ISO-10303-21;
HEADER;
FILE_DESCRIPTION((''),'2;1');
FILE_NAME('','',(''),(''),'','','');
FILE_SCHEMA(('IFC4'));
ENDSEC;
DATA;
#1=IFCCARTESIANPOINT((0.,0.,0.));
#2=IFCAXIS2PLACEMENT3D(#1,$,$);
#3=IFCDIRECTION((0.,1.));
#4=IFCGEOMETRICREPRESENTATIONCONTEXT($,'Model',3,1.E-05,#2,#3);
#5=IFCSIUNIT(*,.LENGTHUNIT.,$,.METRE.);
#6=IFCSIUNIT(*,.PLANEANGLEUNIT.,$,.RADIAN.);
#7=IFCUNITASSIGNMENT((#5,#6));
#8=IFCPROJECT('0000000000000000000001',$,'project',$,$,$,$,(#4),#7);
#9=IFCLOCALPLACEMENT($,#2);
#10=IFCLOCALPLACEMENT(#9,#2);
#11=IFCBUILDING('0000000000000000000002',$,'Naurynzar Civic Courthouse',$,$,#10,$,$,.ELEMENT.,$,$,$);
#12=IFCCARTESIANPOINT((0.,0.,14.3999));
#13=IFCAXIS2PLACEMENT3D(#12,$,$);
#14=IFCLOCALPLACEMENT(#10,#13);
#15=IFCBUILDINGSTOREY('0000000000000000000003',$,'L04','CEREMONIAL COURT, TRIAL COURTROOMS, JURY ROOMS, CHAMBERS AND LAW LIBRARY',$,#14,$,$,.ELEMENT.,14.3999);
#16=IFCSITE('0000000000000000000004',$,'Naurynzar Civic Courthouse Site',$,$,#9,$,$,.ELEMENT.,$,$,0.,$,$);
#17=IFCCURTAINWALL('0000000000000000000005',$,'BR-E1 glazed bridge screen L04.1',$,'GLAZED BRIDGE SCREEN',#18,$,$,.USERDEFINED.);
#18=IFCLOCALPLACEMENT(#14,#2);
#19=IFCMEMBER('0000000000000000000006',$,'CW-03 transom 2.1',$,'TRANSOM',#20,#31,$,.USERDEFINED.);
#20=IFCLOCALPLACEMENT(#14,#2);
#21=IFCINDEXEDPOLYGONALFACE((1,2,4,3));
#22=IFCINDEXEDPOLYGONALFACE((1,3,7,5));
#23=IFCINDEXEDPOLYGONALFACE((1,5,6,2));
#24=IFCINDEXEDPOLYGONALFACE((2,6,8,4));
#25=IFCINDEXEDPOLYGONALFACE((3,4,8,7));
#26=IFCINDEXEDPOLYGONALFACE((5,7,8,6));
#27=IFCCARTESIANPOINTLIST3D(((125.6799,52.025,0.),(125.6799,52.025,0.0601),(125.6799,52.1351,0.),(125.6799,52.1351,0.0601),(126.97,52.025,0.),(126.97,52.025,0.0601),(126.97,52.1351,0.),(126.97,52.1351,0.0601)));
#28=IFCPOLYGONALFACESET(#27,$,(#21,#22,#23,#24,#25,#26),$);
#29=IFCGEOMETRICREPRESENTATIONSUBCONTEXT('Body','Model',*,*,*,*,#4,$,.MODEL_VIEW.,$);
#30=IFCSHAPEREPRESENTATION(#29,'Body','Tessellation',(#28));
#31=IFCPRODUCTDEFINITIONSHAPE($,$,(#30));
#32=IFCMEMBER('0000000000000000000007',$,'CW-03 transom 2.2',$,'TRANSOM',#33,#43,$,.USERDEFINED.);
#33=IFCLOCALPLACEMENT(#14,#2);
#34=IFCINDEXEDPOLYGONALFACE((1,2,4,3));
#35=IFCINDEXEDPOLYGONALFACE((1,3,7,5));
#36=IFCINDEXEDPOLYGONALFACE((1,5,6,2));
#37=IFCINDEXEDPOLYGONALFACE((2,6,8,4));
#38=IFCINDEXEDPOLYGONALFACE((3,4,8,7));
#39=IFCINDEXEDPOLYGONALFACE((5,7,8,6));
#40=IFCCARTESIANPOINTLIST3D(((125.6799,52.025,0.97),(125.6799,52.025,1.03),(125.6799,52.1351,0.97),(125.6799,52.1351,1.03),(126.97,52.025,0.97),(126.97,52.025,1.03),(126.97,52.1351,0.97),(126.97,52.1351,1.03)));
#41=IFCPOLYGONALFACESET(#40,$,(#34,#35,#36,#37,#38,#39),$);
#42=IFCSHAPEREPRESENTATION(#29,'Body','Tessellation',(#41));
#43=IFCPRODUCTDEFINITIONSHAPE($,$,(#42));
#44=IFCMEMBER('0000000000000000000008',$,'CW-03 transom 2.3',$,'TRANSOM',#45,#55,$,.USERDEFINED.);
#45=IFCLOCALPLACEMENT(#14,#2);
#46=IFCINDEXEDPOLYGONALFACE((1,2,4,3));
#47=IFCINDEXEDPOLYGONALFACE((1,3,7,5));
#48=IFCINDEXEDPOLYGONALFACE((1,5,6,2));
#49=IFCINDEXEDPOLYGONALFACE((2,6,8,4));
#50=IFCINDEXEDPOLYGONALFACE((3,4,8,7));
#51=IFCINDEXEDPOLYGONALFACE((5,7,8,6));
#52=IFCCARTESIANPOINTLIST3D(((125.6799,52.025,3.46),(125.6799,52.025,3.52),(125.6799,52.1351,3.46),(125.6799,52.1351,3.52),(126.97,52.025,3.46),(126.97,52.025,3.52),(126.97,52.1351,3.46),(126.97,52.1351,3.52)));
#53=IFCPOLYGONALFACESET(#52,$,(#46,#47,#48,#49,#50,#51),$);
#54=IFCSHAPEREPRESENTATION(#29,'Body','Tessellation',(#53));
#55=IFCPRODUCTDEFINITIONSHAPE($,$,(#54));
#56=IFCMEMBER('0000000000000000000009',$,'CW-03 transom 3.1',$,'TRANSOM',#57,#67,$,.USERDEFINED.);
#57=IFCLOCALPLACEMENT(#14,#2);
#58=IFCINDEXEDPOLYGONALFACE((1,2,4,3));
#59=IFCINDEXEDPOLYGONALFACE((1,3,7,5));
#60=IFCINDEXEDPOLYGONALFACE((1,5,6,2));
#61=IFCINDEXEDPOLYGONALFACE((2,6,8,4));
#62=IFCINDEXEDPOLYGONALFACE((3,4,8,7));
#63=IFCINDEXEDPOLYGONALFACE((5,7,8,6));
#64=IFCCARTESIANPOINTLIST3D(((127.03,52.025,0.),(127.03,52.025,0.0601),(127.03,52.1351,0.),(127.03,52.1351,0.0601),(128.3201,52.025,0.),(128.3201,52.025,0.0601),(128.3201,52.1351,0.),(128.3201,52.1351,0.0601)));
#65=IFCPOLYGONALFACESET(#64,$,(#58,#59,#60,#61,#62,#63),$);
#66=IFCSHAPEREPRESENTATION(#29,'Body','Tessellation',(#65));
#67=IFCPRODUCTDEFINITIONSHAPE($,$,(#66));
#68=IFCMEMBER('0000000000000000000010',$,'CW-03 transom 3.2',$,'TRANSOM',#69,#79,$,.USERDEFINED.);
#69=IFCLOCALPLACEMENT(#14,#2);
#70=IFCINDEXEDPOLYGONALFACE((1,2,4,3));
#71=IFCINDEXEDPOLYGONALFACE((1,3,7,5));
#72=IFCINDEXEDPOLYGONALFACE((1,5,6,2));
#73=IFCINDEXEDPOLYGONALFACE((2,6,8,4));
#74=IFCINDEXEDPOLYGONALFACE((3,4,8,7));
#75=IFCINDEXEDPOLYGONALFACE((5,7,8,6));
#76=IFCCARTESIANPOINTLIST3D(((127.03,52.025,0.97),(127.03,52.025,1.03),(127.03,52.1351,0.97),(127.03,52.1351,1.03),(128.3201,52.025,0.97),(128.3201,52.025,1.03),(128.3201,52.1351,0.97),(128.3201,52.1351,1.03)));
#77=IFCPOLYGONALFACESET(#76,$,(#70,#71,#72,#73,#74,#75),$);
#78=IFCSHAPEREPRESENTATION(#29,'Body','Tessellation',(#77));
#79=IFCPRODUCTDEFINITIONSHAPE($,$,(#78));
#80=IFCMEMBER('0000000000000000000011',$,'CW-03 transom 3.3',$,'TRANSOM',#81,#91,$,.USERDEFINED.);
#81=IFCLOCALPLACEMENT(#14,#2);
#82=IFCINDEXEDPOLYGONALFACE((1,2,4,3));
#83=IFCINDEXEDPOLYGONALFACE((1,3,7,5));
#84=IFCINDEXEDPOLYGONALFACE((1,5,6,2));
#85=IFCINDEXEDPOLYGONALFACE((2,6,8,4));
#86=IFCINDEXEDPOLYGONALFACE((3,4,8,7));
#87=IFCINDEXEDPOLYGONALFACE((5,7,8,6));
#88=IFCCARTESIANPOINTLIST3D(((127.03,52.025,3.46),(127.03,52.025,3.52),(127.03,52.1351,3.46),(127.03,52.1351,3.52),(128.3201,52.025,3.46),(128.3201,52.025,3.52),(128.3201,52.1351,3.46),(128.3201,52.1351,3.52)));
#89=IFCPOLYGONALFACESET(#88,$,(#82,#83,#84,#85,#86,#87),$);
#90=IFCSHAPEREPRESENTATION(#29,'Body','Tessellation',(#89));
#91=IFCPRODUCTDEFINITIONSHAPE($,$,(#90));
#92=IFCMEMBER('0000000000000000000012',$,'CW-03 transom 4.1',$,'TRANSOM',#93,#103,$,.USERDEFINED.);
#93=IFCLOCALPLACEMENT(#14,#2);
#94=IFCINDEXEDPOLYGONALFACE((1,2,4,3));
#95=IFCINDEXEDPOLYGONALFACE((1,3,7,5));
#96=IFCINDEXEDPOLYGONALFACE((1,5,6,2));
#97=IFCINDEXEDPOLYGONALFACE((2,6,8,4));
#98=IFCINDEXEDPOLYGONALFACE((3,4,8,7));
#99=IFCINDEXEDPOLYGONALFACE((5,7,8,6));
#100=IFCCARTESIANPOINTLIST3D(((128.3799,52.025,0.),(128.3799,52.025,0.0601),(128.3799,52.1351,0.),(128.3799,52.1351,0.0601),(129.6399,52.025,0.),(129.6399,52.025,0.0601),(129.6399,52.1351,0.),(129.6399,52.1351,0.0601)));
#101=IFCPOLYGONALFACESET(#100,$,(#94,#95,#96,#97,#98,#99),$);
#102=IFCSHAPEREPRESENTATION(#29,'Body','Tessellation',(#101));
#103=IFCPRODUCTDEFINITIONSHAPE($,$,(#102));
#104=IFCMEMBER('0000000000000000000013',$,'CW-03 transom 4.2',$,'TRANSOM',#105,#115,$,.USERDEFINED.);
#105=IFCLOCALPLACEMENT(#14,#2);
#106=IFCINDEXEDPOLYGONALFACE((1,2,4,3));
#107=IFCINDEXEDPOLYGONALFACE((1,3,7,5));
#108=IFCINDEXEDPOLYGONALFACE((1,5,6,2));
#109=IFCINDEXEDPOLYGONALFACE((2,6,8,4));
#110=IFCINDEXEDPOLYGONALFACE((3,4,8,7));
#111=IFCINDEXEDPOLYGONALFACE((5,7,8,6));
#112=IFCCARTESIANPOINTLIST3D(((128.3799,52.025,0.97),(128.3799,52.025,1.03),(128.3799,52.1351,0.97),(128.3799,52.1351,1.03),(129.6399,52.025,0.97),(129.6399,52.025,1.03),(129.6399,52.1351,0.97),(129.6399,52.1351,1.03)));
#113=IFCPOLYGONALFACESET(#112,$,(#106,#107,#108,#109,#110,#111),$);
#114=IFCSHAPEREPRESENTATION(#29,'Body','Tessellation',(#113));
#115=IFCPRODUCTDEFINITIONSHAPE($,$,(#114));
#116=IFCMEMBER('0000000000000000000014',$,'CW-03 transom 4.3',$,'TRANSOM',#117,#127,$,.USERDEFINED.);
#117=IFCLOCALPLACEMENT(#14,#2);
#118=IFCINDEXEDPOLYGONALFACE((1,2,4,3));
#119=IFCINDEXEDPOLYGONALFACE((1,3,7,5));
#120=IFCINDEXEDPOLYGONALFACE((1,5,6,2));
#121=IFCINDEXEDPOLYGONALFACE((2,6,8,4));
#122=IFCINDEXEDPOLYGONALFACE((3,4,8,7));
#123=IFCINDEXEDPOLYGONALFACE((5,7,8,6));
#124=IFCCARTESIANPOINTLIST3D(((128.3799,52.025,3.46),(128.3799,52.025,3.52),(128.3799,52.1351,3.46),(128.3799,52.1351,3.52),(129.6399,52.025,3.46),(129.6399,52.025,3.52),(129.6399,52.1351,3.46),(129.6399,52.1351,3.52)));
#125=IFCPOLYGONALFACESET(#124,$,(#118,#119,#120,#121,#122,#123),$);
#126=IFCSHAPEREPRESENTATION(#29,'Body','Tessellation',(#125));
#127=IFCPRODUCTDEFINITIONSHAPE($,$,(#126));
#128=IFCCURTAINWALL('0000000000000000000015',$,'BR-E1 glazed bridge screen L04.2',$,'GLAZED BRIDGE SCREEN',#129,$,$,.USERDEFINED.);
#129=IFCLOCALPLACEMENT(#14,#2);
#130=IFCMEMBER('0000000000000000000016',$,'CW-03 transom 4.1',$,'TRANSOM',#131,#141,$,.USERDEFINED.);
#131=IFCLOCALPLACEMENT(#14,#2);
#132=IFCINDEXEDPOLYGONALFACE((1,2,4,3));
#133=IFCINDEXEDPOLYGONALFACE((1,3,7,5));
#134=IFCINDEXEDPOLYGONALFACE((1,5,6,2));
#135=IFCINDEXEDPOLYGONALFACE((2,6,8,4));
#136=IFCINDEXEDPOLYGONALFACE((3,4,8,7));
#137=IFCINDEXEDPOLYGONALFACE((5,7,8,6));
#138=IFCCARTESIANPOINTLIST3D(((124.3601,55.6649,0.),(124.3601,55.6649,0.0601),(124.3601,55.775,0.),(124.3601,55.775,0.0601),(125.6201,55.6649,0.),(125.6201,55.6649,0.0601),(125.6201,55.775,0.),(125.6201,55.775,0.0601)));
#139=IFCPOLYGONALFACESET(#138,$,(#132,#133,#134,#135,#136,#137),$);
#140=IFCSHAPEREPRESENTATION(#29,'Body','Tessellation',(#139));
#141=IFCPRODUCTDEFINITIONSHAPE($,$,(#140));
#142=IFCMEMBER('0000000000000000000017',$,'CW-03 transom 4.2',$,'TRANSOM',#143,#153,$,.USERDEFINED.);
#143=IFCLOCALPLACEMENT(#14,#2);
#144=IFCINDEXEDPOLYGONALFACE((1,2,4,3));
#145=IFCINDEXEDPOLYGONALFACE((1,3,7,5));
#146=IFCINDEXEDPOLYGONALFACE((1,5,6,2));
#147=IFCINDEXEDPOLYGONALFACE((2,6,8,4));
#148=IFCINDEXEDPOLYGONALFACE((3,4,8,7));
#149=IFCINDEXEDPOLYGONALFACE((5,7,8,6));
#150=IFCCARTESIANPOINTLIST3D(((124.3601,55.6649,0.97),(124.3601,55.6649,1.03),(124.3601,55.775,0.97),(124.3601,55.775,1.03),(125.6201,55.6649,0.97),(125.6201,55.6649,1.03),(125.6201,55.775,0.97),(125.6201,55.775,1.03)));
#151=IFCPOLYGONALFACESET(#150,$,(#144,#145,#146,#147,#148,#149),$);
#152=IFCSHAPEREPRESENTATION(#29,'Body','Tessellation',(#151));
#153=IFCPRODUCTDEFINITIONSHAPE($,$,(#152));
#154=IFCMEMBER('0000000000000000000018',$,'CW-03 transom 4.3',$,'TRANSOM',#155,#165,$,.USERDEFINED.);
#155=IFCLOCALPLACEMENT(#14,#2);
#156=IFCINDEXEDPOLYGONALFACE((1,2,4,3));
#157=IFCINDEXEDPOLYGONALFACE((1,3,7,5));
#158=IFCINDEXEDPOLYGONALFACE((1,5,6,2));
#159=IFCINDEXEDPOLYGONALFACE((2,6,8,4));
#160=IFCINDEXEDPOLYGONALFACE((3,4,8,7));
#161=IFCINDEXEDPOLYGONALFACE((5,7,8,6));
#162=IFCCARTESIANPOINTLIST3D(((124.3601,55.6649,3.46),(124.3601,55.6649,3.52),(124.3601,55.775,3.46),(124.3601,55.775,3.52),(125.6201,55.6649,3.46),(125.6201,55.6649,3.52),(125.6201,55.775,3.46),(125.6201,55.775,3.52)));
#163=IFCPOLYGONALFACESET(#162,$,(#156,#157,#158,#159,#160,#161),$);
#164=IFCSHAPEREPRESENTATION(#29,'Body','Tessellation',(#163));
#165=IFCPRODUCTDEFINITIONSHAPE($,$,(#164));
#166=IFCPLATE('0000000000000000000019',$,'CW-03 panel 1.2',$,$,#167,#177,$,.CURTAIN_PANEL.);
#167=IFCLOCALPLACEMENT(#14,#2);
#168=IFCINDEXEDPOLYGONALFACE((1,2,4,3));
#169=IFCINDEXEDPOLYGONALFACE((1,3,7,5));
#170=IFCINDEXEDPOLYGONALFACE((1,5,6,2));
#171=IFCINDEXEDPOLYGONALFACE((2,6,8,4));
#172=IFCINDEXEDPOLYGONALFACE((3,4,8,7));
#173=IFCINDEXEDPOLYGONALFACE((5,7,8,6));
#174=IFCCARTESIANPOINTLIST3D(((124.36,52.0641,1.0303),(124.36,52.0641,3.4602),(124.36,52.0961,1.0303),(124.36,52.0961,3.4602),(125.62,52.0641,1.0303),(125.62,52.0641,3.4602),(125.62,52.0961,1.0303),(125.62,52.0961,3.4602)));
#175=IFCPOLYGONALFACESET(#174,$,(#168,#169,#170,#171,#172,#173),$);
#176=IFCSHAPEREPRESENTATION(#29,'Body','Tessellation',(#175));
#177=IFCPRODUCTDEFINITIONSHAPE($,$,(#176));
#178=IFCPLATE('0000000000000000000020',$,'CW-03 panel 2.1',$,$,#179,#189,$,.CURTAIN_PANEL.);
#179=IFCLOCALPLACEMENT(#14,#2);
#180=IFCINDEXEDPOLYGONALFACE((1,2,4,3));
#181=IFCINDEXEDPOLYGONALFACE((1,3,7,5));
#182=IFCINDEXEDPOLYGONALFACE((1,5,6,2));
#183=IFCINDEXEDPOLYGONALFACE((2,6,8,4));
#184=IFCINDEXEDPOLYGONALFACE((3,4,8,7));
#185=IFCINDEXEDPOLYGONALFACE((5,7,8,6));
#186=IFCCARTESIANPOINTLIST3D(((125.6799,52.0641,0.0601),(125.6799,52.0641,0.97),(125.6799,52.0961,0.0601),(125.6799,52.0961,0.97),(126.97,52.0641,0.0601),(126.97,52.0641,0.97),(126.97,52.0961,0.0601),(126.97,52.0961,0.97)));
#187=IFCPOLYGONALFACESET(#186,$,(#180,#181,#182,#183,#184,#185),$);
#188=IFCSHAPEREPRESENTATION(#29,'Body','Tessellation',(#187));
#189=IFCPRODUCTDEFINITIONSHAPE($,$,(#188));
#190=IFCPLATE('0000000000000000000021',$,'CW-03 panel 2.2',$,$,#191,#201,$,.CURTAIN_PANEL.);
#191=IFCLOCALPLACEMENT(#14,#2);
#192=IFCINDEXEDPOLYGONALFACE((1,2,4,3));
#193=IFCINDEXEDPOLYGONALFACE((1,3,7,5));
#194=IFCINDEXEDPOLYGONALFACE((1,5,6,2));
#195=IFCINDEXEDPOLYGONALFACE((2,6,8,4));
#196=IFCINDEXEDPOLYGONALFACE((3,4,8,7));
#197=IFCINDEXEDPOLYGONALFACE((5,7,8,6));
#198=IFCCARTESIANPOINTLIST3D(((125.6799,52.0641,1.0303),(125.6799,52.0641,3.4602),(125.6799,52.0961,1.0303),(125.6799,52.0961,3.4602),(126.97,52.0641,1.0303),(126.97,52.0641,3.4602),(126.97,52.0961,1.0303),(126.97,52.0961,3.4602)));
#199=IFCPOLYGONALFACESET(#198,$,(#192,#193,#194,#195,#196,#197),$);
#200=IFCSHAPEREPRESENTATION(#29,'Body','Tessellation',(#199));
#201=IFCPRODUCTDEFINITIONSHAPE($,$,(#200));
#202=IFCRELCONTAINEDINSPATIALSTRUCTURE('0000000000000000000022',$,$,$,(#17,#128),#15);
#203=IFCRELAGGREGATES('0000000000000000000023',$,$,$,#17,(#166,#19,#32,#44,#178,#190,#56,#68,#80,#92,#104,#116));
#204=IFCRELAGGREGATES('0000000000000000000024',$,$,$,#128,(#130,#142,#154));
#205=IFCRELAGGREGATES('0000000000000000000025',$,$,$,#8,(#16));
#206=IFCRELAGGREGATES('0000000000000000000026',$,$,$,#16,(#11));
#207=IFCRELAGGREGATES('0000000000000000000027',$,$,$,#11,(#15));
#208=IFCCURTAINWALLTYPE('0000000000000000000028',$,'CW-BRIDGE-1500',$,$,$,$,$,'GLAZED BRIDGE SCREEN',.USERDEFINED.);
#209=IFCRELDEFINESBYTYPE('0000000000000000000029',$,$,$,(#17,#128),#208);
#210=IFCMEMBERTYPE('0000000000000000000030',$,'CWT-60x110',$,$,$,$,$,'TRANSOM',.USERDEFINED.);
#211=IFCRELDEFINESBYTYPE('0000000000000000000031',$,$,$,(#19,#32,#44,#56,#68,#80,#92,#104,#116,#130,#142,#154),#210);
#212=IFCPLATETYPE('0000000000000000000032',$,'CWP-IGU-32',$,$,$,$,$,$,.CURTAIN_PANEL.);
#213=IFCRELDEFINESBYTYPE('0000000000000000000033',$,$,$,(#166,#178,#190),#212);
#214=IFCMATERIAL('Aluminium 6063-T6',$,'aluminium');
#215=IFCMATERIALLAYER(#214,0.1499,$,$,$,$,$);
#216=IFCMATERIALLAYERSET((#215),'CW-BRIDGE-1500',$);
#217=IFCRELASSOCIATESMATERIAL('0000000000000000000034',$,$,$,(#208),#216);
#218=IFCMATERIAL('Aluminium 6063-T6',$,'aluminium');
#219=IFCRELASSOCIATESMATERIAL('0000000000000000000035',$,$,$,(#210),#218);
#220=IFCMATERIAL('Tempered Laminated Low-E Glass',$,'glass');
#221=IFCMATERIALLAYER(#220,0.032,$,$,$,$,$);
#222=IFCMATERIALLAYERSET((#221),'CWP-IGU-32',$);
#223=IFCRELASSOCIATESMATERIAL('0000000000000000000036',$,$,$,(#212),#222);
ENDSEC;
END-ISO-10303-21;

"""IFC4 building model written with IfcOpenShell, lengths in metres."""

from ifc_helpers import new_model, si_unit, direction, frame, origin, origin_2d, place, context, subcontext, project, spatial, rectangle, extrude, material, layer, layer_set, material_profile, profile_set, type_object, element, aggregate, save


model = new_model("IFC4")

# Units and contexts
model_context = context("Model", 3, precision=1e-05, world=origin(), true_north=direction((0.0, 1.0)))
body_context = subcontext(model_context, "Body", "Model", "MODEL_VIEW")
ifc_project = project(units=[si_unit("LENGTHUNIT", "METRE"), si_unit("PLANEANGLEUNIT", "RADIAN")], contexts=[model_context])

# Site, building, storey
site_placement = place(None, origin())
site = spatial("IfcSite", under=ifc_project, at=site_placement, Name="Naurynzar Civic Courthouse Site", CompositionType="ELEMENT", RefElevation=0.0)
building_placement = place(site_placement, origin())
building = spatial("IfcBuilding", under=site, at=building_placement, Name="Naurynzar Civic Courthouse", CompositionType="ELEMENT")
storey_placement = place(building_placement, frame((0.0, 0.0, 14.3999)))
storey = spatial("IfcBuildingStorey", under=building, at=storey_placement, Name="L04", Description="CEREMONIAL COURT, TRIAL COURTROOMS, JURY ROOMS, CHAMBERS AND LAW LIBRARY", CompositionType="ELEMENT", Elevation=14.3999)

# Curtain walls, members
ifc_material_1 = material(Name="Aluminium 6063-T6", Category="aluminium")
ifc_layer_1 = layer(ifc_material_1, 0.1499)
ifc_layer_set_1 = layer_set([ifc_layer_1], Name="CW-BRIDGE-1500")
curtain_wall_type = type_object("IfcCurtainWallType", Name="CW-BRIDGE-1500", ElementType="GLAZED BRIDGE SCREEN", PredefinedType="USERDEFINED", material=ifc_layer_set_1)
curtain_wall_1_placement = place(storey_placement, origin())
curtain_wall_1 = element("IfcCurtainWall", 1, at=curtain_wall_1_placement, inside=storey, type_object=curtain_wall_type, Name="BR-E1 glazed bridge screen L04.1", ObjectType="GLAZED BRIDGE SCREEN", PredefinedType="USERDEFINED")
ifc_material_2 = material(Name="Aluminium 6063-T6", Category="aluminium")
ifc_material_profile_1 = material_profile(ifc_material_2, rectangle(XDim=0.1101, YDim=0.0601, at=origin_2d()), Name="ALU TRANSOM 60x110")
ifc_profile_set_1 = profile_set([ifc_material_profile_1], Name="Aluminium 6063-T6")
member_type_1 = type_object("IfcMemberType", Name="CWT-60x110", ElementType="TRANSOM", PredefinedType="USERDEFINED", material=ifc_profile_set_1)
member_1_placement = place(storey_placement, frame((125.6799, 52.0801, 0.03), z_axis=(1.0, 0.0, 0.0), x_axis=(0.0, 1.0, 0.0)))
member_1 = element("IfcMember", 2, at=member_1_placement, type_object=member_type_1, Name="CW-03 transom 2.1", ObjectType="TRANSOM", PredefinedType="USERDEFINED", context=body_context, shape_type="SweptSolid", body=[
    extrude(rectangle(XDim=0.1101, YDim=0.0601, at=origin_2d()), origin(), (0.0, 0.0, 1.0), 1.29),
])
member_2_placement = place(storey_placement, frame((125.6799, 52.0801, 1.0), z_axis=(1.0, 0.0, 0.0), x_axis=(0.0, 1.0, 0.0)))
member_2 = element("IfcMember", 3, at=member_2_placement, type_object=member_type_1, Name="CW-03 transom 2.2", ObjectType="TRANSOM", PredefinedType="USERDEFINED", context=body_context, shape_type="SweptSolid", body=[
    extrude(rectangle(XDim=0.1101, YDim=0.0601, at=origin_2d()), origin(), (0.0, 0.0, 1.0), 1.29),
])
member_3_placement = place(storey_placement, frame((125.6799, 52.0801, 3.49), z_axis=(1.0, 0.0, 0.0), x_axis=(0.0, 1.0, 0.0)))
member_3 = element("IfcMember", 4, at=member_3_placement, type_object=member_type_1, Name="CW-03 transom 2.3", ObjectType="TRANSOM", PredefinedType="USERDEFINED", context=body_context, shape_type="SweptSolid", body=[
    extrude(rectangle(XDim=0.1101, YDim=0.0601, at=origin_2d()), origin(), (0.0, 0.0, 1.0), 1.29),
])
member_4_placement = place(storey_placement, frame((127.03, 52.0801, 0.03), z_axis=(1.0, 0.0, 0.0), x_axis=(0.0, 1.0, 0.0)))
member_4 = element("IfcMember", 5, at=member_4_placement, type_object=member_type_1, Name="CW-03 transom 3.1", ObjectType="TRANSOM", PredefinedType="USERDEFINED", context=body_context, shape_type="SweptSolid", body=[
    extrude(rectangle(XDim=0.1101, YDim=0.0601, at=origin_2d()), origin(), (0.0, 0.0, 1.0), 1.29),
])
member_5_placement = place(storey_placement, frame((127.03, 52.0801, 1.0), z_axis=(1.0, 0.0, 0.0), x_axis=(0.0, 1.0, 0.0)))
member_5 = element("IfcMember", 6, at=member_5_placement, type_object=member_type_1, Name="CW-03 transom 3.2", ObjectType="TRANSOM", PredefinedType="USERDEFINED", context=body_context, shape_type="SweptSolid", body=[
    extrude(rectangle(XDim=0.1101, YDim=0.0601, at=origin_2d()), origin(), (0.0, 0.0, 1.0), 1.29),
])
member_6_placement = place(storey_placement, frame((127.03, 52.0801, 3.49), z_axis=(1.0, 0.0, 0.0), x_axis=(0.0, 1.0, 0.0)))
member_6 = element("IfcMember", 7, at=member_6_placement, type_object=member_type_1, Name="CW-03 transom 3.3", ObjectType="TRANSOM", PredefinedType="USERDEFINED", context=body_context, shape_type="SweptSolid", body=[
    extrude(rectangle(XDim=0.1101, YDim=0.0601, at=origin_2d()), origin(), (0.0, 0.0, 1.0), 1.29),
])
member_7_placement = place(storey_placement, frame((128.3799, 52.0801, 0.03), z_axis=(1.0, 0.0, 0.0), x_axis=(0.0, 1.0, 0.0)))
member_7 = element("IfcMember", 8, at=member_7_placement, type_object=member_type_1, Name="CW-03 transom 4.1", ObjectType="TRANSOM", PredefinedType="USERDEFINED", context=body_context, shape_type="SweptSolid", body=[
    extrude(rectangle(XDim=0.1101, YDim=0.0601, at=origin_2d()), origin(), (0.0, 0.0, 1.0), 1.26),
])
member_8_placement = place(storey_placement, frame((128.3799, 52.0801, 1.0), z_axis=(1.0, 0.0, 0.0), x_axis=(0.0, 1.0, 0.0)))
member_8 = element("IfcMember", 9, at=member_8_placement, type_object=member_type_1, Name="CW-03 transom 4.2", ObjectType="TRANSOM", PredefinedType="USERDEFINED", context=body_context, shape_type="SweptSolid", body=[
    extrude(rectangle(XDim=0.1101, YDim=0.0601, at=origin_2d()), origin(), (0.0, 0.0, 1.0), 1.26),
])
member_9_placement = place(storey_placement, frame((128.3799, 52.0801, 3.49), z_axis=(1.0, 0.0, 0.0), x_axis=(0.0, 1.0, 0.0)))
member_9 = element("IfcMember", 10, at=member_9_placement, type_object=member_type_1, Name="CW-03 transom 4.3", ObjectType="TRANSOM", PredefinedType="USERDEFINED", context=body_context, shape_type="SweptSolid", body=[
    extrude(rectangle(XDim=0.1101, YDim=0.0601, at=origin_2d()), origin(), (0.0, 0.0, 1.0), 1.26),
])
curtain_wall_2_placement = place(storey_placement, origin())
curtain_wall_2 = element("IfcCurtainWall", 11, at=curtain_wall_2_placement, inside=storey, type_object=curtain_wall_type, Name="BR-E1 glazed bridge screen L04.2", ObjectType="GLAZED BRIDGE SCREEN", PredefinedType="USERDEFINED")
member_10_placement = place(storey_placement, frame((125.6201, 55.72, 0.03), z_axis=(-1.0, 0.0, 0.0), x_axis=(0.0, -1.0, 0.0)))
member_10 = element("IfcMember", 12, at=member_10_placement, type_object=member_type_1, Name="CW-03 transom 4.1", ObjectType="TRANSOM", PredefinedType="USERDEFINED", context=body_context, shape_type="SweptSolid", body=[
    extrude(rectangle(XDim=0.1101, YDim=0.0601, at=origin_2d()), origin(), (0.0, 0.0, 1.0), 1.26),
])
member_11_placement = place(storey_placement, frame((125.6201, 55.72, 1.0), z_axis=(-1.0, 0.0, 0.0), x_axis=(0.0, -1.0, 0.0)))
member_11 = element("IfcMember", 13, at=member_11_placement, type_object=member_type_1, Name="CW-03 transom 4.2", ObjectType="TRANSOM", PredefinedType="USERDEFINED", context=body_context, shape_type="SweptSolid", body=[
    extrude(rectangle(XDim=0.1101, YDim=0.0601, at=origin_2d()), origin(), (0.0, 0.0, 1.0), 1.26),
])
member_12_placement = place(storey_placement, frame((125.6201, 55.72, 3.49), z_axis=(-1.0, 0.0, 0.0), x_axis=(0.0, -1.0, 0.0)))
member_12 = element("IfcMember", 14, at=member_12_placement, type_object=member_type_1, Name="CW-03 transom 4.3", ObjectType="TRANSOM", PredefinedType="USERDEFINED", context=body_context, shape_type="SweptSolid", body=[
    extrude(rectangle(XDim=0.1101, YDim=0.0601, at=origin_2d()), origin(), (0.0, 0.0, 1.0), 1.26),
])

# Plates
ifc_material_3 = material(Name="Tempered Laminated Low-E Glass", Category="glass")
ifc_layer_2 = layer(ifc_material_3, 0.032)
ifc_layer_set_2 = layer_set([ifc_layer_2], Name="CWP-IGU-32")
plate_type_1 = type_object("IfcPlateType", Name="CWP-IGU-32", PredefinedType="CURTAIN_PANEL", material=ifc_layer_set_2)
plate_1_placement = place(storey_placement, frame((124.99, 52.0801, 1.0303), z_axis=(0.0, 0.0, 1.0), x_axis=(1.0, 0.0, 0.0)))
plate_1 = element("IfcPlate", 15, at=plate_1_placement, type_object=plate_type_1, Name="CW-03 panel 1.2", PredefinedType="CURTAIN_PANEL", context=body_context, shape_type="SweptSolid", body=[
    extrude(rectangle(XDim=1.26, YDim=0.032, at=origin_2d()), origin(), (0.0, 0.0, 1.0), 2.4299),
])
plate_2_placement = place(storey_placement, frame((126.325, 52.0801, 0.0601), z_axis=(0.0, 0.0, 1.0), x_axis=(1.0, 0.0, 0.0)))
plate_2 = element("IfcPlate", 16, at=plate_2_placement, type_object=plate_type_1, Name="CW-03 panel 2.1", PredefinedType="CURTAIN_PANEL", context=body_context, shape_type="SweptSolid", body=[
    extrude(rectangle(XDim=1.29, YDim=0.032, at=origin_2d()), origin(), (0.0, 0.0, 1.0), 0.9099),
])
plate_3_placement = place(storey_placement, frame((126.325, 52.0801, 1.0303), z_axis=(0.0, 0.0, 1.0), x_axis=(1.0, 0.0, 0.0)))
plate_3 = element("IfcPlate", 17, at=plate_3_placement, type_object=plate_type_1, Name="CW-03 panel 2.2", PredefinedType="CURTAIN_PANEL", context=body_context, shape_type="SweptSolid", body=[
    extrude(rectangle(XDim=1.29, YDim=0.032, at=origin_2d()), origin(), (0.0, 0.0, 1.0), 2.4299),
])
aggregate(curtain_wall_1, [plate_1, member_1, member_2, member_3, plate_2, plate_3, member_4, member_5, member_6, member_7, member_8, member_9])
aggregate(curtain_wall_2, [member_10, member_11, member_12])

save(model, "model.ifc")
